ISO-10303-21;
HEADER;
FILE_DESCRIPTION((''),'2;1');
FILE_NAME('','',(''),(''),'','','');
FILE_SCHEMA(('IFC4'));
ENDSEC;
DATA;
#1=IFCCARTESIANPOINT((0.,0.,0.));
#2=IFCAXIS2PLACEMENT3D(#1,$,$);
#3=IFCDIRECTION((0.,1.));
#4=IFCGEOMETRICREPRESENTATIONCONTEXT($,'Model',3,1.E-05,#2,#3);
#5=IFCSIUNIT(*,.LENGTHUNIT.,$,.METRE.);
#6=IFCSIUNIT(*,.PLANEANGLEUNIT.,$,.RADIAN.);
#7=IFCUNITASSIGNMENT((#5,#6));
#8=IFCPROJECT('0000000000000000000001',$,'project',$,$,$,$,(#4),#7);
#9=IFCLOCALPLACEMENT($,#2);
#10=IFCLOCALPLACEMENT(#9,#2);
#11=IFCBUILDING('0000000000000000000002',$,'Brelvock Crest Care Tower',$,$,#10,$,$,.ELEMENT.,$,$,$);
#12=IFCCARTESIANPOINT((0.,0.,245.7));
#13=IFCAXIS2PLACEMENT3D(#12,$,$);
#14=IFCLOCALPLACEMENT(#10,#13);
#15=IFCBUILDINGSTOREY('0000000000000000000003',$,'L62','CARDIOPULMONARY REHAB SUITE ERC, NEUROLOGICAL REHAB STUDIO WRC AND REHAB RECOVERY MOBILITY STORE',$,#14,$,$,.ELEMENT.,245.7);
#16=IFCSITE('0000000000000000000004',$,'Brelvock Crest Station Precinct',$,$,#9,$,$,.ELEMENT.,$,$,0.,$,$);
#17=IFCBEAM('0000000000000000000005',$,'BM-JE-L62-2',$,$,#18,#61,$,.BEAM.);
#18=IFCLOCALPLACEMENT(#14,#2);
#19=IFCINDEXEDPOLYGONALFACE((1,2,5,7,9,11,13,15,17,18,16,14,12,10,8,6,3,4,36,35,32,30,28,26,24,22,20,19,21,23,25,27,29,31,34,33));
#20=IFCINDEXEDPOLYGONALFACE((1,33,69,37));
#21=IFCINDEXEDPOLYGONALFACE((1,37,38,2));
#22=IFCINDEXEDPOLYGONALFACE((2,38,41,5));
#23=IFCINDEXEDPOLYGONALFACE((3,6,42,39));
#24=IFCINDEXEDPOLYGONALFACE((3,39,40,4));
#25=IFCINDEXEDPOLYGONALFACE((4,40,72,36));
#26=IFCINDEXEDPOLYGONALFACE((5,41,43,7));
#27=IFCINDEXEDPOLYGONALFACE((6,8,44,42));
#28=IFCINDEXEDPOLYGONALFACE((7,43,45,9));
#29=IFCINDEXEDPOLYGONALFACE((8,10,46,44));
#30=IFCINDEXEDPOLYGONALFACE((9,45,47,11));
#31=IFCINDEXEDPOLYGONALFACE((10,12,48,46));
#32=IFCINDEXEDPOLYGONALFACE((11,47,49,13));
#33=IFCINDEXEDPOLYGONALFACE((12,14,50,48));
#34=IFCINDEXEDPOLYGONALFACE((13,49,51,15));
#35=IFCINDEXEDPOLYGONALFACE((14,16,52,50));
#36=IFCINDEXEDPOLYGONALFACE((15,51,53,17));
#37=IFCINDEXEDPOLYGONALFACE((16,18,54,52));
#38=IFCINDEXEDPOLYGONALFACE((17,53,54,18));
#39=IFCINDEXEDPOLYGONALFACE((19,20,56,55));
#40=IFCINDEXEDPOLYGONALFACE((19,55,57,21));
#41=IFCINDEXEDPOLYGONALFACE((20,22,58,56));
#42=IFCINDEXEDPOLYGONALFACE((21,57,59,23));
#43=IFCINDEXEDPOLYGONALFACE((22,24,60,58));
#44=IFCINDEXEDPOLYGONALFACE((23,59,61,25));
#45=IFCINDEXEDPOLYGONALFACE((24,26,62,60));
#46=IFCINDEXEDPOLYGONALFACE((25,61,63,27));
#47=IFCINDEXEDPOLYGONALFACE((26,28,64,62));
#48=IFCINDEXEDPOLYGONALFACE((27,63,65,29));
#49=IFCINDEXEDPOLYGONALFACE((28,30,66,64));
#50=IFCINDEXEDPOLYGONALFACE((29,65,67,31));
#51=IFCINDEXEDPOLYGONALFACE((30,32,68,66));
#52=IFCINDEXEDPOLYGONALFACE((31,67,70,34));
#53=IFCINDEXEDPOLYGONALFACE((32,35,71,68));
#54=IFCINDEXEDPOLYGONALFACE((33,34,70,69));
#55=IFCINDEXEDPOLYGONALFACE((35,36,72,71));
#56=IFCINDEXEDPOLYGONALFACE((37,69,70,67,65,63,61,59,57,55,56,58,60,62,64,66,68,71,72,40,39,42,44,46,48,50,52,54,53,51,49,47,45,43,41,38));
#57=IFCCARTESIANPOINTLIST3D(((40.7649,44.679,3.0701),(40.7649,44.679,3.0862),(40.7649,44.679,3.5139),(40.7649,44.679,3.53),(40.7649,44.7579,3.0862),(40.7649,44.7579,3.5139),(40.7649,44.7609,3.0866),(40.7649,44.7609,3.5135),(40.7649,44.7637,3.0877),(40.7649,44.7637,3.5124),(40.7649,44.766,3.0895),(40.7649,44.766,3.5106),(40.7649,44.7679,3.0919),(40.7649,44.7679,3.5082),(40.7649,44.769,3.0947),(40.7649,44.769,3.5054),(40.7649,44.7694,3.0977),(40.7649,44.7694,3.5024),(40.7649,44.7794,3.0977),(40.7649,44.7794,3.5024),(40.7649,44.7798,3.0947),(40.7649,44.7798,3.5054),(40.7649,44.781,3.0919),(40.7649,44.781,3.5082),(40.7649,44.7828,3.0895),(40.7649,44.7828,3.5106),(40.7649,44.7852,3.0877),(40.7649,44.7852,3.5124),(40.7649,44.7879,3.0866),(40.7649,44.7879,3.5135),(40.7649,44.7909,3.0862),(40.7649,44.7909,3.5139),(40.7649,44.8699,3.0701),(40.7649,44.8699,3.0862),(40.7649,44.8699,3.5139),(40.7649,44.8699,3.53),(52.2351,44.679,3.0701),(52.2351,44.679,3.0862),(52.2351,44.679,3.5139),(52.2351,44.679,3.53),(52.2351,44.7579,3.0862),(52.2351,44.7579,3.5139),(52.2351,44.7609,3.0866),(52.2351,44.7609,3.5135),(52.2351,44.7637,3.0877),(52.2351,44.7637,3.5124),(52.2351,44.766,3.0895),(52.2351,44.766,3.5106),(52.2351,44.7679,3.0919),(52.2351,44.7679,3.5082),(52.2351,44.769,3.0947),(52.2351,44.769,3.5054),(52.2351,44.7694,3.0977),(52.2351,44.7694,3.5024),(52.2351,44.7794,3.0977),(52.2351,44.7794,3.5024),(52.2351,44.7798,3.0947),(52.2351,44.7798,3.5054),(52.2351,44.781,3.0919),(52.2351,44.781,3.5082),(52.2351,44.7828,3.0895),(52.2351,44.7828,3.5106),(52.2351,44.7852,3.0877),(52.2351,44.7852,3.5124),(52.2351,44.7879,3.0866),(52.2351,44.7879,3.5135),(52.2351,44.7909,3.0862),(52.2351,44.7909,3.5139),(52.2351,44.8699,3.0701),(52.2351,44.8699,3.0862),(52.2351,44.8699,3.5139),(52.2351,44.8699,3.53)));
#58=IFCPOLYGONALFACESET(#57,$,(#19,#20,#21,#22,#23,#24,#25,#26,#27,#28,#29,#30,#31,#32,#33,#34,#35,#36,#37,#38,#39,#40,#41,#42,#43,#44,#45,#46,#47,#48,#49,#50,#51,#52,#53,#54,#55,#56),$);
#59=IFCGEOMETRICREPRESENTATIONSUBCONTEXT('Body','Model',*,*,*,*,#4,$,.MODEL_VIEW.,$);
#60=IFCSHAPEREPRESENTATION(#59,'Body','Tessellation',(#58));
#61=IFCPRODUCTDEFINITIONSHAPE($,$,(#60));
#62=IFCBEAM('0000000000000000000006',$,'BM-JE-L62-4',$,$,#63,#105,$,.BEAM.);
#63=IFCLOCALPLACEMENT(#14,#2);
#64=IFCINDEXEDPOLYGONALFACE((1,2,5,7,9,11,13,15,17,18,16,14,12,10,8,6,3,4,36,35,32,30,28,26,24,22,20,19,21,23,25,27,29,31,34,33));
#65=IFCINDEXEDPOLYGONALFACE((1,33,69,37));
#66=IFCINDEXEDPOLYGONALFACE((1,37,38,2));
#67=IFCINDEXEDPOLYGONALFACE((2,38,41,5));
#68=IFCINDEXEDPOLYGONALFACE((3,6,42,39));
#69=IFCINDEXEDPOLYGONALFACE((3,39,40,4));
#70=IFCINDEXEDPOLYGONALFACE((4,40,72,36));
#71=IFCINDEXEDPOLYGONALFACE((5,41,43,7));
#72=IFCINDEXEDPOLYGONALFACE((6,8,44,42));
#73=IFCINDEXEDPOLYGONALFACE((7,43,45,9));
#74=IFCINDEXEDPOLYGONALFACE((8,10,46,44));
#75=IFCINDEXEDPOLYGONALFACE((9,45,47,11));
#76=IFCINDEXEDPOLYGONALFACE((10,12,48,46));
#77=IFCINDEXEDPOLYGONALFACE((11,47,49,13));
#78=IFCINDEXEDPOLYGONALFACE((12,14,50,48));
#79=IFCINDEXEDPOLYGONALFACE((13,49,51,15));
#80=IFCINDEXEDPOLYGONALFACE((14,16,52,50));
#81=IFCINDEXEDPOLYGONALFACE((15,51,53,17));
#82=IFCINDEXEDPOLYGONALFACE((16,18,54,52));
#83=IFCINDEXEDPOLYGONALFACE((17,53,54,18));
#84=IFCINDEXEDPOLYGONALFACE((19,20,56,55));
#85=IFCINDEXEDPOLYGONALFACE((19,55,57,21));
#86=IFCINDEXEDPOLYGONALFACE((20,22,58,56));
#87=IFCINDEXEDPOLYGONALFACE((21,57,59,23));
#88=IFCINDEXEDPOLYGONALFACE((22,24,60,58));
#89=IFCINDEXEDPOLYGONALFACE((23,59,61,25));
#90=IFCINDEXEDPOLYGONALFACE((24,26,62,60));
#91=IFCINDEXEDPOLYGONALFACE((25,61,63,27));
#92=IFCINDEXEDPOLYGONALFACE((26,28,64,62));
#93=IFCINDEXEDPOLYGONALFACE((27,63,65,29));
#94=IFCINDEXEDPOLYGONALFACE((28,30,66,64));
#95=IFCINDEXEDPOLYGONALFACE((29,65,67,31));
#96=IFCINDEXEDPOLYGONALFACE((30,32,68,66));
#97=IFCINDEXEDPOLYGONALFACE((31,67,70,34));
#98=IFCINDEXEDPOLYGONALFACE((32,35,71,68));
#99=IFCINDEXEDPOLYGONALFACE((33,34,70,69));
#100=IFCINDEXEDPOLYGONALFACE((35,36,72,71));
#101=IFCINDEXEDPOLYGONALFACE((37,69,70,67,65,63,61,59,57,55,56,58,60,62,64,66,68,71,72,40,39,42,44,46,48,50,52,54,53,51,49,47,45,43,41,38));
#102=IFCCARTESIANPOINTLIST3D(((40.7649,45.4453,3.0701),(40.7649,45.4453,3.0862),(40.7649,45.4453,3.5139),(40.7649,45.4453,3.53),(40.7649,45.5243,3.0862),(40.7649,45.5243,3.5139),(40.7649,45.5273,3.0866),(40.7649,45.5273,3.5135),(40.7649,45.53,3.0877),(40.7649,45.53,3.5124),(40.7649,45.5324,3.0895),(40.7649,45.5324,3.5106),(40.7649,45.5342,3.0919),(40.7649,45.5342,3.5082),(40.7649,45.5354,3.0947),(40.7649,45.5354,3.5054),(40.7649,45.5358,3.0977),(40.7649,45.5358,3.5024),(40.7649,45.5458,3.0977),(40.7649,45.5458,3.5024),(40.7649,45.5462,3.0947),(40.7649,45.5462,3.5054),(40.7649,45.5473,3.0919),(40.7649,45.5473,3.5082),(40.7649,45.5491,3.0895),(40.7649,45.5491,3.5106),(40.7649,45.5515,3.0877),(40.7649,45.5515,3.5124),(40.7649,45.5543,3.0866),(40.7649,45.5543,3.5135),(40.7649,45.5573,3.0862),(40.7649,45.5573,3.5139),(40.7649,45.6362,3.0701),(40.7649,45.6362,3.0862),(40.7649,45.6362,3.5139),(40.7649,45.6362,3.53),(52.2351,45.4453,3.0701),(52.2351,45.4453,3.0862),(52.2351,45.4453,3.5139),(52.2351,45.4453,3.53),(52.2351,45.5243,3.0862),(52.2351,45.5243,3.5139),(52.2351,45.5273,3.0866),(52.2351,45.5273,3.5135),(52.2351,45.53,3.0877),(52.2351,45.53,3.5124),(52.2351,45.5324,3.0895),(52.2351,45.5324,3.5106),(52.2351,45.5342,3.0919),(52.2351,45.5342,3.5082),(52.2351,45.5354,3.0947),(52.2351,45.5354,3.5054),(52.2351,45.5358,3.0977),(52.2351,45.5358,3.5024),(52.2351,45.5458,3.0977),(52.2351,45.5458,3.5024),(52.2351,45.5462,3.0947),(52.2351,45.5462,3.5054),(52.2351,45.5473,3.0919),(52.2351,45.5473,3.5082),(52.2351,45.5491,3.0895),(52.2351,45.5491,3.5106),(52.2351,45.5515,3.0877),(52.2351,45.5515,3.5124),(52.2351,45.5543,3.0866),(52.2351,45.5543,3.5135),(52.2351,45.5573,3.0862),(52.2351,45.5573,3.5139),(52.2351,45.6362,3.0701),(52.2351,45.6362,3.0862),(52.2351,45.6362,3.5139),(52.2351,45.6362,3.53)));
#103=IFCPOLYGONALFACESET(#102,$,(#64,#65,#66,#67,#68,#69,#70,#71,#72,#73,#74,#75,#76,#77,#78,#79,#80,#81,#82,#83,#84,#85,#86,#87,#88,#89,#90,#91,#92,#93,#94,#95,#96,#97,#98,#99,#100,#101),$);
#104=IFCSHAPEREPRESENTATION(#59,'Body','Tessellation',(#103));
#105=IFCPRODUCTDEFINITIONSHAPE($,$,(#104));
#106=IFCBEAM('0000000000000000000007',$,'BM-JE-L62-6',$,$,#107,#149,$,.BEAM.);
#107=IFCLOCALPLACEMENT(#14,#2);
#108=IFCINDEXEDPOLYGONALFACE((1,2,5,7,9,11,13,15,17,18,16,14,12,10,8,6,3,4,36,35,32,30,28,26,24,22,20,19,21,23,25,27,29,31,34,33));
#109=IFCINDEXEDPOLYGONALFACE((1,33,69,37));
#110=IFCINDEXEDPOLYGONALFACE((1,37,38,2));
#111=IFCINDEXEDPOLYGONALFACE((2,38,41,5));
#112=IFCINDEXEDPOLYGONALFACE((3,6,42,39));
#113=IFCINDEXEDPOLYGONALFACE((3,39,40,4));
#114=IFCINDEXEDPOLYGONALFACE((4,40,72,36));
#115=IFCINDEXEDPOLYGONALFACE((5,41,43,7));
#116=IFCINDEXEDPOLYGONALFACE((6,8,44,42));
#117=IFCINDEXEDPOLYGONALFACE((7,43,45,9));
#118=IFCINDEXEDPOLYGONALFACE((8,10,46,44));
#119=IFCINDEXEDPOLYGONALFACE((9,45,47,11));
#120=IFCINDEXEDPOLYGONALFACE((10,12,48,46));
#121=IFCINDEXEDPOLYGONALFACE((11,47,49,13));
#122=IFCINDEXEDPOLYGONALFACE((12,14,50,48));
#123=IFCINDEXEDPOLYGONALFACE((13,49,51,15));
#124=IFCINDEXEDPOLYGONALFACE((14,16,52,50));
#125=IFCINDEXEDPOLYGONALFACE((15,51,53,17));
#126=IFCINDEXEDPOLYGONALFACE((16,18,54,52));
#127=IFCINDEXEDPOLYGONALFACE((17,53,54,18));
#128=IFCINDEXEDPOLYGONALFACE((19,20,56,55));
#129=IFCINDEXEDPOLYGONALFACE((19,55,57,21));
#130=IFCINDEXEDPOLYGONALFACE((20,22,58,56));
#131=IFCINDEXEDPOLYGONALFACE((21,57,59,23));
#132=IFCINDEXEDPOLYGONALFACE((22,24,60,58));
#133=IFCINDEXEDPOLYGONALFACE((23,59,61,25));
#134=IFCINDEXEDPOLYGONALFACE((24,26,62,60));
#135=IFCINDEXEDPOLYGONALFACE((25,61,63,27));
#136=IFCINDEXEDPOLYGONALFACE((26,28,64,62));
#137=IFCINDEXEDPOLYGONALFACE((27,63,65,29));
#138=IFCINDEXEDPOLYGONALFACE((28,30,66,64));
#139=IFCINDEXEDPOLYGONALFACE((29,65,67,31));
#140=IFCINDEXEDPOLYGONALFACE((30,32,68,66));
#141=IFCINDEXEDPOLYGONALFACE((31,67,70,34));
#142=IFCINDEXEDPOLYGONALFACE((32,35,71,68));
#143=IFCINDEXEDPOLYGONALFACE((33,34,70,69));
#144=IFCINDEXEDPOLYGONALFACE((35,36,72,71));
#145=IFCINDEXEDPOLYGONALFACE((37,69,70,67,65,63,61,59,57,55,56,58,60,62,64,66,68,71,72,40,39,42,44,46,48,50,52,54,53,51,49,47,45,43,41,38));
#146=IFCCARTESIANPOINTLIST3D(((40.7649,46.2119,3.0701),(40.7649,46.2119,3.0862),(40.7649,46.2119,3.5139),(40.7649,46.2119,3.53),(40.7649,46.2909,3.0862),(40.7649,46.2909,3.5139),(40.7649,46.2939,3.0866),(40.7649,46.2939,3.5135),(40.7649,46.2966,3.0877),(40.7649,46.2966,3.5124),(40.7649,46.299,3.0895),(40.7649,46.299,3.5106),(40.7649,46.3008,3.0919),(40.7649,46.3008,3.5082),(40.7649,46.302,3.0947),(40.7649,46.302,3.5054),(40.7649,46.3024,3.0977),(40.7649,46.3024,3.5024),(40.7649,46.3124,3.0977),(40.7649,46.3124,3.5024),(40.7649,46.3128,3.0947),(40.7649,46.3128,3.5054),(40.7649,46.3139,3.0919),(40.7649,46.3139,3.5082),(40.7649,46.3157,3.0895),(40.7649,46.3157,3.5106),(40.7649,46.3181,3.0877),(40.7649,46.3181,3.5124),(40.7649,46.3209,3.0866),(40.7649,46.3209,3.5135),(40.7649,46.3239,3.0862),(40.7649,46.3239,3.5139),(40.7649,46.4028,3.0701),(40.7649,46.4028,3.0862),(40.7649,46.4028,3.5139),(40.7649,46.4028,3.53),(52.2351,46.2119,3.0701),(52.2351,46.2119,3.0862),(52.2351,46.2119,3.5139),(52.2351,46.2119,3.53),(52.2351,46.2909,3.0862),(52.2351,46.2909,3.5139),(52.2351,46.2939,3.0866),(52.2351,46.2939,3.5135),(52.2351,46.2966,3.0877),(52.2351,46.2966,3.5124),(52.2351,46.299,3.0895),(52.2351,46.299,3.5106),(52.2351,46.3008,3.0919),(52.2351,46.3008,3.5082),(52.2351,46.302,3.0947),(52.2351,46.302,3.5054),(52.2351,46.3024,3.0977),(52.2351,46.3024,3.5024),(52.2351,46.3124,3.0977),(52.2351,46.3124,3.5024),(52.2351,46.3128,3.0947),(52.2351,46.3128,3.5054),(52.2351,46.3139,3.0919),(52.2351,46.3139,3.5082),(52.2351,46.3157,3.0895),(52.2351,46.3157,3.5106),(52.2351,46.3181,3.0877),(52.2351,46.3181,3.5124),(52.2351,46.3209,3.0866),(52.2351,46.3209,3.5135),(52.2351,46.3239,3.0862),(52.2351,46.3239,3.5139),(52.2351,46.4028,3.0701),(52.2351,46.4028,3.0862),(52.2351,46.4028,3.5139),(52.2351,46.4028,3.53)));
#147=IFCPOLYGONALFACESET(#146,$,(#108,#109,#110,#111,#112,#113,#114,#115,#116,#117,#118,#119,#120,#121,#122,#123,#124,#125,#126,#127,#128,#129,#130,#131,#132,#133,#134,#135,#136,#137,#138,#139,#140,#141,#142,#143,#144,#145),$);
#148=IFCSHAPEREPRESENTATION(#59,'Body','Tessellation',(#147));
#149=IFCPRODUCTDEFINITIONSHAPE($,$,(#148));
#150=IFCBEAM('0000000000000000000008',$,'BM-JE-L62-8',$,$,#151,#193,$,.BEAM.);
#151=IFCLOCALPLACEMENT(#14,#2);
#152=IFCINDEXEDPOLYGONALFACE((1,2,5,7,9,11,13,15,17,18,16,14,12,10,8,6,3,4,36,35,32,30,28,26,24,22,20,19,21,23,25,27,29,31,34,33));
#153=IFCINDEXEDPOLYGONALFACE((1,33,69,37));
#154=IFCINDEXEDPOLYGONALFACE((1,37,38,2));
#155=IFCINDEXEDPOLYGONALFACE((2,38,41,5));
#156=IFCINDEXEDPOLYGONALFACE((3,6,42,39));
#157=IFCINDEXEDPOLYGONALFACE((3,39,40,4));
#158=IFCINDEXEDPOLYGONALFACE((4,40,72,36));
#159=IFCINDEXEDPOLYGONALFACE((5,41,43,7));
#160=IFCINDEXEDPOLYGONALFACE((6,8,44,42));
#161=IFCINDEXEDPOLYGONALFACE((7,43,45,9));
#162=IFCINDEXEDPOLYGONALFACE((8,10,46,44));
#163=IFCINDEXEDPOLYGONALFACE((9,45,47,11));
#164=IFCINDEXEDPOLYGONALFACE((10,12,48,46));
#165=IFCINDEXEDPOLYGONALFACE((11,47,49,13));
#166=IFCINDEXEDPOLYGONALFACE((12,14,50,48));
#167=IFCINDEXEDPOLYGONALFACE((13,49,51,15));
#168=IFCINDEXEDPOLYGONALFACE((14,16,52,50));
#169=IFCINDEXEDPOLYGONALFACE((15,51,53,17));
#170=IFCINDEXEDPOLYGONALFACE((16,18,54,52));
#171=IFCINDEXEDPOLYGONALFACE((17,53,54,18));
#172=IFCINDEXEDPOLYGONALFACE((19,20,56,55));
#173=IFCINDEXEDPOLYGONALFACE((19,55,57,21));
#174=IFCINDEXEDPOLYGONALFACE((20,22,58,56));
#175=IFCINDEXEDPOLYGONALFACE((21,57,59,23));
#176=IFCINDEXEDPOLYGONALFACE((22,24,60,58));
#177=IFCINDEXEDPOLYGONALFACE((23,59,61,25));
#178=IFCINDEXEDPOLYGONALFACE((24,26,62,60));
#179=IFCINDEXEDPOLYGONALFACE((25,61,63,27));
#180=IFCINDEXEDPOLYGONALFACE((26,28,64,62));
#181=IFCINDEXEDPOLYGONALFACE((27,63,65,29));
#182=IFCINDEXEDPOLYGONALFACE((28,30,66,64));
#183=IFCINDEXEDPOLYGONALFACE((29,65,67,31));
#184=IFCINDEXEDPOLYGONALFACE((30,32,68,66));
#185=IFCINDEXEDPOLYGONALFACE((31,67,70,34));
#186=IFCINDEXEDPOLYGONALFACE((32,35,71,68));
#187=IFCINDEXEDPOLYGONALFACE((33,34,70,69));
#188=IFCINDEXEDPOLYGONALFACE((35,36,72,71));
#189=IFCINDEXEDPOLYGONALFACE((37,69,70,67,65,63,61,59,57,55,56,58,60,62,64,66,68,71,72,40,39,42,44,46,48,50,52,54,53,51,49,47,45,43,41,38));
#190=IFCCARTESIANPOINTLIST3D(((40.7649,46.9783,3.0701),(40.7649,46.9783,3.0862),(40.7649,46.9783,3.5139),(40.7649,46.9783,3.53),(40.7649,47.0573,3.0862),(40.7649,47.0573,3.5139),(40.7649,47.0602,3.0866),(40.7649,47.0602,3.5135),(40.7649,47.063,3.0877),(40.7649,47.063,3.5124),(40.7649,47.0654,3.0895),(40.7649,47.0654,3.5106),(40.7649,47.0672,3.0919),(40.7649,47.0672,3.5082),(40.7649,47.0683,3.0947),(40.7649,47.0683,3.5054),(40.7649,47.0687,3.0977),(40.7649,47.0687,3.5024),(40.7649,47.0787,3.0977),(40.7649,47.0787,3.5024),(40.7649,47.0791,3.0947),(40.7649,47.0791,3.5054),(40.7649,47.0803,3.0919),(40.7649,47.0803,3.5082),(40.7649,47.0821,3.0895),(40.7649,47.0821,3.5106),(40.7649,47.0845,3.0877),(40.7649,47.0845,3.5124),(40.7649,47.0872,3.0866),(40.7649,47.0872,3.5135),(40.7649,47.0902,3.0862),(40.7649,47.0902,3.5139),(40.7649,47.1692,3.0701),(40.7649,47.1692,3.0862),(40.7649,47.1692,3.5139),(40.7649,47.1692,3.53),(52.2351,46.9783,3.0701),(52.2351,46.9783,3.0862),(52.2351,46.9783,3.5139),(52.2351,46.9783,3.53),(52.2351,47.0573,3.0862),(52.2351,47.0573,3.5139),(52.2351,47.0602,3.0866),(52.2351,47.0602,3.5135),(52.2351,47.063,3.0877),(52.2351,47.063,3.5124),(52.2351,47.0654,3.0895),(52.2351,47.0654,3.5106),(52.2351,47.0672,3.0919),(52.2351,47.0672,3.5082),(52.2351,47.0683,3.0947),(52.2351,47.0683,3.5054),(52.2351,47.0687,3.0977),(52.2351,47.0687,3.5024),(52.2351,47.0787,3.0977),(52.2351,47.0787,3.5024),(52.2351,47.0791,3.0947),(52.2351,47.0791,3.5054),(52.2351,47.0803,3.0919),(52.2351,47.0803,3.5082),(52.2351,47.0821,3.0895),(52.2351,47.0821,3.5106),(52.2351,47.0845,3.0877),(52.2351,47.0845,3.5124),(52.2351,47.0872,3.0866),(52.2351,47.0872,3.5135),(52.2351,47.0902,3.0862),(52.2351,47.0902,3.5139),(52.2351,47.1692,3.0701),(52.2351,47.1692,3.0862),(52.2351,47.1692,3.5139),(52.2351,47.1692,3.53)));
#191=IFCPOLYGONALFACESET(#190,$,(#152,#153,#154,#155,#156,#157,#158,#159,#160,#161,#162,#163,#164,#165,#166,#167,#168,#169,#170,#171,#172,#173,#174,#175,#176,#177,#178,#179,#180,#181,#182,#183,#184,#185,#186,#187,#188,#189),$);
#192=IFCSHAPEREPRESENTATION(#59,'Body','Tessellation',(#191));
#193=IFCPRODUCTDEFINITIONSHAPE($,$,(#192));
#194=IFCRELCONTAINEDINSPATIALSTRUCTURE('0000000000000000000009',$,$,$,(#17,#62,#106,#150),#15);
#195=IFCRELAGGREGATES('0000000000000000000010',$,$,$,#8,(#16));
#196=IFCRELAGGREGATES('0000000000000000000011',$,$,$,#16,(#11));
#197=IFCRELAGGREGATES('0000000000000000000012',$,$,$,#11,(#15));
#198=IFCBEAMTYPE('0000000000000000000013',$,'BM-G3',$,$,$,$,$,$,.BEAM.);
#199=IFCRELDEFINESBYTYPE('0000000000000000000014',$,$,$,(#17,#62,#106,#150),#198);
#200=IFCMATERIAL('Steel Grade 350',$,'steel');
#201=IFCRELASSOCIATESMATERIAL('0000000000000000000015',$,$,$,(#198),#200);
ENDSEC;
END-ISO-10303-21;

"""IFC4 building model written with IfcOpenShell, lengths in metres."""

from ifc_helpers import new_model, si_unit, direction, frame, origin, origin_2d, place, context, subcontext, project, spatial, i_section, extrude, source, transform, mapped, material, material_profile, profile_set, type_object, element, save


model = new_model("IFC4")

# Units and contexts
model_context = context("Model", 3, precision=1e-05, world=origin(), true_north=direction((0.0, 1.0)))
body_context = subcontext(model_context, "Body", "Model", "MODEL_VIEW")
ifc_project = project(units=[si_unit("LENGTHUNIT", "METRE"), si_unit("PLANEANGLEUNIT", "RADIAN")], contexts=[model_context])

# Site, building, storey
site_placement = place(None, origin())
site = spatial("IfcSite", under=ifc_project, at=site_placement, Name="Brelvock Crest Station Precinct", CompositionType="ELEMENT", RefElevation=0.0)
building_placement = place(site_placement, origin())
building = spatial("IfcBuilding", under=site, at=building_placement, Name="Brelvock Crest Care Tower", CompositionType="ELEMENT")
storey_placement = place(building_placement, frame((0.0, 0.0, 245.7)))
storey = spatial("IfcBuildingStorey", under=building, at=storey_placement, Name="L62", Description="CARDIOPULMONARY REHAB SUITE ERC, NEUROLOGICAL REHAB STUDIO WRC AND REHAB RECOVERY MOBILITY STORE", CompositionType="ELEMENT", Elevation=245.7)

# Beams
ifc_material_1 = material(Name="Steel Grade 350", Category="steel")
ifc_material_profile_1 = material_profile(ifc_material_1, i_section(OverallWidth=0.1909, OverallDepth=0.46, WebThickness=0.01, FlangeThickness=0.0161, FilletRadius=0.0115, at=origin_2d()), Name="460UB82.1")
ifc_profile_set_1 = profile_set([ifc_material_profile_1], Name="Steel Grade 350")
beam_type_1 = type_object("IfcBeamType", Name="BM-G3", PredefinedType="BEAM", material=ifc_profile_set_1)
shared_shape_1 = source(origin(), body_context, "Body", "SweptSolid", [
    extrude(i_section(OverallWidth=0.1909, OverallDepth=0.46, WebThickness=0.01, FlangeThickness=0.0161, FilletRadius=0.0115, at=origin_2d()), origin(), (0.0, 0.0, 1.0), 11.4702),
])
for number, where, z_axis, x_axis, name in (
    (1, (40.7649, 44.7744, 3.3), (1.0, 0.0, 0.0), (0.0, 1.0, 0.0), "BM-JE-L62-2"),
    (2, (40.7649, 45.5408, 3.3), (1.0, 0.0, 0.0), (0.0, 1.0, 0.0), "BM-JE-L62-4"),
    (3, (40.7649, 46.3074, 3.3), (1.0, 0.0, 0.0), (0.0, 1.0, 0.0), "BM-JE-L62-6"),
    (4, (40.7649, 47.0737, 3.3), (1.0, 0.0, 0.0), (0.0, 1.0, 0.0), "BM-JE-L62-8"),
):
    element("IfcBeam", number, at=place(storey_placement, frame(where, z_axis=z_axis, x_axis=x_axis)), inside=storey, type_object=beam_type_1, Name=name, PredefinedType="BEAM", context=body_context, shape_type="MappedRepresentation", body=[
        mapped(shared_shape_1, transform((0.0, 0.0, 0.0), x_axis=(1.0, 0.0, 0.0), y_axis=(0.0, 1.0, 0.0), z_axis=(0.0, 0.0, 1.0), scale=1.0)),
    ])

save(model, "model.ifc")
